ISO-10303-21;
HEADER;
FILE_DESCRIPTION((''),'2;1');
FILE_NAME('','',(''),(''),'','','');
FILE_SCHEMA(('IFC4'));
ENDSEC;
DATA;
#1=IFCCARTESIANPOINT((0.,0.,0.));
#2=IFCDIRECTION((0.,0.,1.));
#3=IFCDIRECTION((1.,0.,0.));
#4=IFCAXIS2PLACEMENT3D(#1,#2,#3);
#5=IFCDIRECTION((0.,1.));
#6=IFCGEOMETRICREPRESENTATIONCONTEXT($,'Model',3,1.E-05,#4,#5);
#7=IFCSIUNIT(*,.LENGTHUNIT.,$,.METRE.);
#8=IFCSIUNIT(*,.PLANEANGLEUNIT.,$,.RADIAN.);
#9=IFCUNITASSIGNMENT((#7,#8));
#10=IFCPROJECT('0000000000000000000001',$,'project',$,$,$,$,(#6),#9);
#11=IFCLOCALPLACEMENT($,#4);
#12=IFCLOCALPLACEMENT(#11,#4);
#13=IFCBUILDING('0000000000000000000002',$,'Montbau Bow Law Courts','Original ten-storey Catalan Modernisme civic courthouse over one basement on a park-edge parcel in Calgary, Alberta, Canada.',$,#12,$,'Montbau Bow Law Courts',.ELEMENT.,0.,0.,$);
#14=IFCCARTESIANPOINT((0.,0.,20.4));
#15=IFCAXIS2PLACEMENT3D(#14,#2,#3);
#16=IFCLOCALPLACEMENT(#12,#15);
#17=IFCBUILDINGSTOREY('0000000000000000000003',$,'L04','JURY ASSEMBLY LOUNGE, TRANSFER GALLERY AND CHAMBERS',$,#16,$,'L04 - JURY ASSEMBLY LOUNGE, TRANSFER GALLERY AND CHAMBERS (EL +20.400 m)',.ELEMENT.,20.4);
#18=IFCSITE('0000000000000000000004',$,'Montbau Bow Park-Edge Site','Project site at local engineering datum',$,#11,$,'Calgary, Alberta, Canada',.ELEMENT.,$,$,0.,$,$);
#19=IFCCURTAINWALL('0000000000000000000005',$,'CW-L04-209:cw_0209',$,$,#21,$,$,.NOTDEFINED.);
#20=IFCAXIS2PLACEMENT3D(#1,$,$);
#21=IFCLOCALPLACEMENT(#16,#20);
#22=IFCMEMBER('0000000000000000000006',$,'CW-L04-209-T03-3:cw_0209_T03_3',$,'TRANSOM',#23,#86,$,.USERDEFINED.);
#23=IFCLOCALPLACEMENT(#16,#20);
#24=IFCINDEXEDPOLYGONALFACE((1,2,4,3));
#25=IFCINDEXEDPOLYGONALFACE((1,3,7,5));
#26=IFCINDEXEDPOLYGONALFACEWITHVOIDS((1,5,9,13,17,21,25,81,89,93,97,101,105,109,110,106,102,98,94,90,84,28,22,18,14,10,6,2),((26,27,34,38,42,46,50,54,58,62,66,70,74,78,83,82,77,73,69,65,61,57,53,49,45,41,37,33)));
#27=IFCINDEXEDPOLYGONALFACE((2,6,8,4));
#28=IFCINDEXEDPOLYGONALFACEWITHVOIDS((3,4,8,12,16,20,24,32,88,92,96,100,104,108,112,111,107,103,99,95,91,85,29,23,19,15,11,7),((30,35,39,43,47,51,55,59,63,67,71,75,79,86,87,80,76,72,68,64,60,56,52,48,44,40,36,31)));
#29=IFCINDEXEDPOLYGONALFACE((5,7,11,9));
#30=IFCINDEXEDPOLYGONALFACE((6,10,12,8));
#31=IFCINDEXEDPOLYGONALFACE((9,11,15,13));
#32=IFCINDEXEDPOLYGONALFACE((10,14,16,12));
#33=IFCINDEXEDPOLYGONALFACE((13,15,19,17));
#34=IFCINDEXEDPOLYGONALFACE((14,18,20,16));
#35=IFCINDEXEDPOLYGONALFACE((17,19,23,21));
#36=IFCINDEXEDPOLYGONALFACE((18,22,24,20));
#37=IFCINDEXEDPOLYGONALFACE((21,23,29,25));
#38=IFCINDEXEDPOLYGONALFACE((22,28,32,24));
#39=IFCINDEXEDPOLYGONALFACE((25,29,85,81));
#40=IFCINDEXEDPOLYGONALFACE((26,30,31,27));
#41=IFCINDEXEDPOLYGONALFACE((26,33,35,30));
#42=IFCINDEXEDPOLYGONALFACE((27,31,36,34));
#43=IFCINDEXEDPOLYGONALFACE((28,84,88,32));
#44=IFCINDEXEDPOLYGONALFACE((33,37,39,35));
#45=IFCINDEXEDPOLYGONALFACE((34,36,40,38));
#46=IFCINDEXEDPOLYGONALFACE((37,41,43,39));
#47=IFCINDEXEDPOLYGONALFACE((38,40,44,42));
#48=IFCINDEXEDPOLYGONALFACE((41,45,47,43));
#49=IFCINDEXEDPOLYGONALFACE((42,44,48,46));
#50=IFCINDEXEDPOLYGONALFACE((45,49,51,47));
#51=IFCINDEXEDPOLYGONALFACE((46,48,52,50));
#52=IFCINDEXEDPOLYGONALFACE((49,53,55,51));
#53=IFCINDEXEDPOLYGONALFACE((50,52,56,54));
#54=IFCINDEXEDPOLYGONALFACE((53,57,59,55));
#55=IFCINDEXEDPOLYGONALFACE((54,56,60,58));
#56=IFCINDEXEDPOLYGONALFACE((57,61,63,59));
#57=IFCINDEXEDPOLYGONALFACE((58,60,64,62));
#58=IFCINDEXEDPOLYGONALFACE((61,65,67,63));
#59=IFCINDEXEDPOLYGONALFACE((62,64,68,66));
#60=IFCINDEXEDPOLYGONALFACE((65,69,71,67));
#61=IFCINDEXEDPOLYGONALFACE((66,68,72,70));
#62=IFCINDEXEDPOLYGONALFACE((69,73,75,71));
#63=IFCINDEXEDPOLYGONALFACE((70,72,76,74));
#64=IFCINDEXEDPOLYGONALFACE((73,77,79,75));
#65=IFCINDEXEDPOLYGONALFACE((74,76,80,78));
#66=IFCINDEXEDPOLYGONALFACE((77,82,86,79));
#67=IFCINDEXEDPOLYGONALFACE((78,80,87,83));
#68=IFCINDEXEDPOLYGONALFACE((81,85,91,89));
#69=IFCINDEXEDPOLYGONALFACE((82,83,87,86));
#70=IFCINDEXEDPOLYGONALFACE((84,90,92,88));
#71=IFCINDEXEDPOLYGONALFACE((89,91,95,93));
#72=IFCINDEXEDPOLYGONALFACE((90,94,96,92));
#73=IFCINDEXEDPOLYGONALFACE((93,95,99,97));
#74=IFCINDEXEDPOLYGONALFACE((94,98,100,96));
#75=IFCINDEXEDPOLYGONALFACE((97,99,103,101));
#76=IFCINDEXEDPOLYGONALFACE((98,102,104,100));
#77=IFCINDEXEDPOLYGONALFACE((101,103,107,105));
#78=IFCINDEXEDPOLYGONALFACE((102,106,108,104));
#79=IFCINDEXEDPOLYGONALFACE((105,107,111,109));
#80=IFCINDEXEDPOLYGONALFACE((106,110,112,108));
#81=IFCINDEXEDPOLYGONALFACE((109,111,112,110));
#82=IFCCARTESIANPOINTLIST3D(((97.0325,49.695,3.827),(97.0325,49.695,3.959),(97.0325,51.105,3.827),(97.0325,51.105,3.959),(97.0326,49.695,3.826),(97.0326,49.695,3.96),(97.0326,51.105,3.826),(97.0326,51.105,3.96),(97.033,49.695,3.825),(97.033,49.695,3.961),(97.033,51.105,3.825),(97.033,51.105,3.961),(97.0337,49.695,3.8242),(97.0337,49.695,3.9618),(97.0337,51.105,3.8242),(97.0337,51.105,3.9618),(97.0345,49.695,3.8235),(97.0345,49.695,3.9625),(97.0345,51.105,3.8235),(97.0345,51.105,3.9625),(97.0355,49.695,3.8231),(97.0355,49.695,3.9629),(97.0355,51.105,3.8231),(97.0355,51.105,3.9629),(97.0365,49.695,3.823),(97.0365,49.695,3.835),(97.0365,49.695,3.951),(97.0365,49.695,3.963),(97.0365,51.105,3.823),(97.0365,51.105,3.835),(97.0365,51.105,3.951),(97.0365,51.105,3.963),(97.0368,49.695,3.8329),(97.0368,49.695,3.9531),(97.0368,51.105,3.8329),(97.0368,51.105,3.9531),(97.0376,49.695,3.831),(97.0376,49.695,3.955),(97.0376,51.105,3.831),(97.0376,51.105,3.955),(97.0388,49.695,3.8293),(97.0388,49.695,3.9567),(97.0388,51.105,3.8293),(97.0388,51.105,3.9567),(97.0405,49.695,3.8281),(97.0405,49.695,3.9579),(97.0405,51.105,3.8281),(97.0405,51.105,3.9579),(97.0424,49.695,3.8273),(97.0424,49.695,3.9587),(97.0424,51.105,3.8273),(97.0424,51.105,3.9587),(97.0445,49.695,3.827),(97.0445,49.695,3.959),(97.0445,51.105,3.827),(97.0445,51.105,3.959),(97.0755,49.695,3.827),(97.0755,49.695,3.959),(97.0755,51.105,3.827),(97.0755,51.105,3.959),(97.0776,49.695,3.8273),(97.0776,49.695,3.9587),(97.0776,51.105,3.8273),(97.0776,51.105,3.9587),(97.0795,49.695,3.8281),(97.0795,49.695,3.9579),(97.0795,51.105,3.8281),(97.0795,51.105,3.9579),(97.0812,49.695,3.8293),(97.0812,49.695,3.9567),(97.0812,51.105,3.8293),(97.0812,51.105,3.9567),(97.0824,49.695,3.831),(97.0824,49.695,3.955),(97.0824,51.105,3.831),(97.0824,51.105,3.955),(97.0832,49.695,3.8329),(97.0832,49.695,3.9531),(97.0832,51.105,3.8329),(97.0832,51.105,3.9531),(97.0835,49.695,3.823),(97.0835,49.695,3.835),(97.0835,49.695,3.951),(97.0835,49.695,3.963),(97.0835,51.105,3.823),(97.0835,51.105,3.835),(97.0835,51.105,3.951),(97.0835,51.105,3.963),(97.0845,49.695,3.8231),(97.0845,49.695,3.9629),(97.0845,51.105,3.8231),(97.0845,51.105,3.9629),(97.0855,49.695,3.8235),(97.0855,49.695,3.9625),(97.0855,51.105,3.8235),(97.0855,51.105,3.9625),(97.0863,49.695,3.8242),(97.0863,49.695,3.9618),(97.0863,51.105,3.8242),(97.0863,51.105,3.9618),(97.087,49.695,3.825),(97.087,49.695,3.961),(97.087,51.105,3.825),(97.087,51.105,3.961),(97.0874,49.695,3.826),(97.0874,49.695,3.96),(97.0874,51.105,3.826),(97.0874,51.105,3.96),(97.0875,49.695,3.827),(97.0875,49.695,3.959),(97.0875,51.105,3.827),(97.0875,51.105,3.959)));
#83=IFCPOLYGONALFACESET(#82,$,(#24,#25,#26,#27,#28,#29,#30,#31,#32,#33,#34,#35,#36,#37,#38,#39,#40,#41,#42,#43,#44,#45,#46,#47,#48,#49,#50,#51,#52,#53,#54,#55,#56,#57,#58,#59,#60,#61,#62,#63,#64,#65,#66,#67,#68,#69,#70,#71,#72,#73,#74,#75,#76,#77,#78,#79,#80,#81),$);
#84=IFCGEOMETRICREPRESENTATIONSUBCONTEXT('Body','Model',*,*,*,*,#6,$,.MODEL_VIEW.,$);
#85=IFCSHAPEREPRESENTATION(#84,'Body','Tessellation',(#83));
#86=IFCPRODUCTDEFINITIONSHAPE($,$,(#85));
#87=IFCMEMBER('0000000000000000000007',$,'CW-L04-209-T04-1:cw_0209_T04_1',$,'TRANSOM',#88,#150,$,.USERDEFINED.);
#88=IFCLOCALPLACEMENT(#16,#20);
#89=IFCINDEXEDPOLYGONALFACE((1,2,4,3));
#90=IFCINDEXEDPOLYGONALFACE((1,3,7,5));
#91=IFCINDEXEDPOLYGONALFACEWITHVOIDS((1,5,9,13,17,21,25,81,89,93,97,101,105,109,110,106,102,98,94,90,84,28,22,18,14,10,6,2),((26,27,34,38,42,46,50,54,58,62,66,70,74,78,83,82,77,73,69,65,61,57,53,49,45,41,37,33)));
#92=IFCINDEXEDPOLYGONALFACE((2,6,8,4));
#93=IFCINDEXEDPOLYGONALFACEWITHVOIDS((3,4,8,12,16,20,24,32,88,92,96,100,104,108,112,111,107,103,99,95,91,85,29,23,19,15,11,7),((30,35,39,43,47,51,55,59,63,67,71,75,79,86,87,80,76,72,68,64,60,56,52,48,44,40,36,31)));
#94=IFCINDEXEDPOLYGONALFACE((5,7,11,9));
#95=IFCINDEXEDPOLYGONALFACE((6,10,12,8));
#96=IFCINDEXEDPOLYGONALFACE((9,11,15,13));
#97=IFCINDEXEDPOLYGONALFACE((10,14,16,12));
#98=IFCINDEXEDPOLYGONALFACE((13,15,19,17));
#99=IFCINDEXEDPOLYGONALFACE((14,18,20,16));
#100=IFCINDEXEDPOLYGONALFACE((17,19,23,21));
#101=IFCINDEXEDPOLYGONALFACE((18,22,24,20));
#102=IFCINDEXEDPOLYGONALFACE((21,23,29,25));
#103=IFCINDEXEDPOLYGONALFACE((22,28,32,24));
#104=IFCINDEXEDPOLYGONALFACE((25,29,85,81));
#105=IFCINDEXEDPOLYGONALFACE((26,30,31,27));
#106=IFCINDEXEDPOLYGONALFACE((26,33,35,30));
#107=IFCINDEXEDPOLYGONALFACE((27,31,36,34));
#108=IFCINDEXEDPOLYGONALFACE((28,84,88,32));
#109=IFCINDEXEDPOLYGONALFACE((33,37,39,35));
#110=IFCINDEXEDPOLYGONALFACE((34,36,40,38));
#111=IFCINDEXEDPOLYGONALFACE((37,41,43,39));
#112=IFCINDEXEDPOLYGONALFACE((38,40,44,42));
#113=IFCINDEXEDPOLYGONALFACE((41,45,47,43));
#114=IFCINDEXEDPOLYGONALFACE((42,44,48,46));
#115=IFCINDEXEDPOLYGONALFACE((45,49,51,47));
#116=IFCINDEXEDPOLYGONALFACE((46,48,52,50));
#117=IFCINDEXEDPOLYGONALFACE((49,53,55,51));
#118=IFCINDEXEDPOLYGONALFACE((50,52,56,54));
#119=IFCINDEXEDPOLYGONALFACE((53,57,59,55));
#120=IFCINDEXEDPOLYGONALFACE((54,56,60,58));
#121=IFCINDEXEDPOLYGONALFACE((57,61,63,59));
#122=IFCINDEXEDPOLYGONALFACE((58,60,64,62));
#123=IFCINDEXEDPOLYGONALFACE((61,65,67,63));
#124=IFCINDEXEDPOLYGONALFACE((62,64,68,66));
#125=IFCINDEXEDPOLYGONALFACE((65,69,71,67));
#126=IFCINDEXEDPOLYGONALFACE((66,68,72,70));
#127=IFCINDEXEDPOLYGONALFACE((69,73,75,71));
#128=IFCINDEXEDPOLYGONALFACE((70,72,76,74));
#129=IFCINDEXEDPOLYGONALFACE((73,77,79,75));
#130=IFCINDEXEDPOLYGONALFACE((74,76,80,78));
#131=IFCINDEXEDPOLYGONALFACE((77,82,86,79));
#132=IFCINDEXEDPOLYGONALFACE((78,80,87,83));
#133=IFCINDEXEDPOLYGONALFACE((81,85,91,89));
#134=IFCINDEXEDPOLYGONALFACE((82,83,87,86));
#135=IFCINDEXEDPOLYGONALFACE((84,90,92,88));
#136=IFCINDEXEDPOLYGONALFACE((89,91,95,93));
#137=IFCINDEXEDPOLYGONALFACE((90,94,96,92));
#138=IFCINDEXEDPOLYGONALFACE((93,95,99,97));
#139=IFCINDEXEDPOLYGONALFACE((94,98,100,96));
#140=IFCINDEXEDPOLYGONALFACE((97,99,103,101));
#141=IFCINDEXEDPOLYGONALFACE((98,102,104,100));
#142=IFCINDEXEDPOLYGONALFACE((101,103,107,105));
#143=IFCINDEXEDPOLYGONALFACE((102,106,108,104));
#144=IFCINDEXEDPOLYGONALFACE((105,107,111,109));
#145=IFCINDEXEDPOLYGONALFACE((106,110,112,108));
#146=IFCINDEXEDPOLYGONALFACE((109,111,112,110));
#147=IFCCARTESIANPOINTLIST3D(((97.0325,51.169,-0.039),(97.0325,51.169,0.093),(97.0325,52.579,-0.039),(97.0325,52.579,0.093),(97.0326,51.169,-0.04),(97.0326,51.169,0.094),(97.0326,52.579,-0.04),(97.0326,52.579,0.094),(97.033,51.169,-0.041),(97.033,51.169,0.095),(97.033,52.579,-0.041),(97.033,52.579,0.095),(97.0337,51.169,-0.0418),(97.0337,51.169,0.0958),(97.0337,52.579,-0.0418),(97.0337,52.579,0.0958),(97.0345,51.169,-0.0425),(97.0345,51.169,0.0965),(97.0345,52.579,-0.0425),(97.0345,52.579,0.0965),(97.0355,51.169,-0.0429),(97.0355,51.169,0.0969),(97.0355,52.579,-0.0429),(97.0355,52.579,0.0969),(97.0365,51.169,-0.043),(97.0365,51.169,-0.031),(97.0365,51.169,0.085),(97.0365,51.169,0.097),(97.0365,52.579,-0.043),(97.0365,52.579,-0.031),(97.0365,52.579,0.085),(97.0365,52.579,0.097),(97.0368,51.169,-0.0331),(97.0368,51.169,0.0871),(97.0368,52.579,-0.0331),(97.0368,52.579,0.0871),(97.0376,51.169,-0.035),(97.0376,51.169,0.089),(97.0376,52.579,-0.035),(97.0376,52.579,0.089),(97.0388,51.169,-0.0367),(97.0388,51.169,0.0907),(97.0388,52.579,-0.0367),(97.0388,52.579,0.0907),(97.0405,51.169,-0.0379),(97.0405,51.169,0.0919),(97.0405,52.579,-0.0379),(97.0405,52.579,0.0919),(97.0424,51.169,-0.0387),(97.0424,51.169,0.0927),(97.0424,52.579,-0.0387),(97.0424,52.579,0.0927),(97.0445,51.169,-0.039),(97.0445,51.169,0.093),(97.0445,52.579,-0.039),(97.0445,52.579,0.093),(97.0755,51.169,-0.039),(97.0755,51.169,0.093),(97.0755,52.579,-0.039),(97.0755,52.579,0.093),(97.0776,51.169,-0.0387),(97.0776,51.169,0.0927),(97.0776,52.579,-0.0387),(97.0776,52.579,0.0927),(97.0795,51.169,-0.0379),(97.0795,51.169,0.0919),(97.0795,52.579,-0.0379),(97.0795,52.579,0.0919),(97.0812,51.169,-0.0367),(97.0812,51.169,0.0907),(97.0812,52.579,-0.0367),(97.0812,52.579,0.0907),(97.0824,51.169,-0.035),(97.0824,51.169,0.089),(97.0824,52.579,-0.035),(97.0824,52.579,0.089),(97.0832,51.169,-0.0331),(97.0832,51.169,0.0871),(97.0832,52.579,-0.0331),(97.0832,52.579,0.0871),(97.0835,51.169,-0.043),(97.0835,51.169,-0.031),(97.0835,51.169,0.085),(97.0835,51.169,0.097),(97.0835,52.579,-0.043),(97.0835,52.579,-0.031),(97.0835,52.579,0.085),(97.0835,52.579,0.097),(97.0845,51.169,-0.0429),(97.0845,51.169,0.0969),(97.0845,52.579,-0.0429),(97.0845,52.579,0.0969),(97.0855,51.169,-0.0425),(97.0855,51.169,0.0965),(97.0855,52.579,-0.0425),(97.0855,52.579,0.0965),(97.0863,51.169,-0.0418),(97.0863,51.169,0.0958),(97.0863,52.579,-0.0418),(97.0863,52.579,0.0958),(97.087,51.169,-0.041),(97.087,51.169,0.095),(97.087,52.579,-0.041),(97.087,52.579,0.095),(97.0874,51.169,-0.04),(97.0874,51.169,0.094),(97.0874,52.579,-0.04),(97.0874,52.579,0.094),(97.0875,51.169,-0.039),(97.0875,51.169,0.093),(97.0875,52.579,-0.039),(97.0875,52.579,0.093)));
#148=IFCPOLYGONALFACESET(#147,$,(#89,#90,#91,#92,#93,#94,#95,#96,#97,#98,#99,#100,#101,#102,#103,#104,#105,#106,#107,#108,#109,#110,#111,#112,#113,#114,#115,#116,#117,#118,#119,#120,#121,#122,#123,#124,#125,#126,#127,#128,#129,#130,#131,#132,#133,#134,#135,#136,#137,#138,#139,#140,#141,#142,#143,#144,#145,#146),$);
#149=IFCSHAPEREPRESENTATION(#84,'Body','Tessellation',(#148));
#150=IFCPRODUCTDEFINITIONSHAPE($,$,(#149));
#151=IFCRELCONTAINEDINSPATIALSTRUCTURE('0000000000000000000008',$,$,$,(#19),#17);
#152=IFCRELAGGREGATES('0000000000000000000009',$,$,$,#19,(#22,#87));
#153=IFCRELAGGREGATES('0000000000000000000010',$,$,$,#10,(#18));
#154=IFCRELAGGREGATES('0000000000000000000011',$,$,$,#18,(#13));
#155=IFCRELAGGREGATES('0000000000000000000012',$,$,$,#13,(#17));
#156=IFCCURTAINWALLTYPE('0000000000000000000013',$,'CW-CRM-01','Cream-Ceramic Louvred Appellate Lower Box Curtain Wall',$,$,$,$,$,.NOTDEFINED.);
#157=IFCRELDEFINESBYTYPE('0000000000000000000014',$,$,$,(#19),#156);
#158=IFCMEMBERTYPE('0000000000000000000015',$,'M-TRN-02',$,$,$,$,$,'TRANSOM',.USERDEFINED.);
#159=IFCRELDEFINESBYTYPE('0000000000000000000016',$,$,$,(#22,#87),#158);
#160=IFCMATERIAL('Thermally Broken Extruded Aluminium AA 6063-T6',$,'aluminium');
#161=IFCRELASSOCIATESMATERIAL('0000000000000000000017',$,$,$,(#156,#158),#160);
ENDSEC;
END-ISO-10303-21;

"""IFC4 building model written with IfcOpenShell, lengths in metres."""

from ifc_helpers import new_model, si_unit, direction, frame, origin_with_axes, origin_2d_with_axis, place, context, subcontext, project, spatial, hollow_rectangle, extrude, material, material_profile, profile_set, type_object, element, aggregate, save


model = new_model("IFC4")

# Units and contexts
model_context = context("Model", 3, precision=1e-05, world=origin_with_axes(), true_north=direction((0.0, 1.0)))
body_context = subcontext(model_context, "Body", "Model", "MODEL_VIEW")
ifc_project = project(units=[si_unit("LENGTHUNIT", "METRE"), si_unit("PLANEANGLEUNIT", "RADIAN")], contexts=[model_context])

# Site, building, storey
site_placement = place(None, origin_with_axes())
site = spatial("IfcSite", under=ifc_project, at=site_placement, Name="Montbau Bow Park-Edge Site", Description="Project site at local engineering datum", LongName="Calgary, Alberta, Canada", CompositionType="ELEMENT", RefElevation=0.0)
building_placement = place(site_placement, origin_with_axes())
building = spatial("IfcBuilding", under=site, at=building_placement, Name="Montbau Bow Law Courts", Description="Original ten-storey Catalan Modernisme civic courthouse over one basement on a park-edge parcel in Calgary, Alberta, Canada.", LongName="Montbau Bow Law Courts", CompositionType="ELEMENT", ElevationOfRefHeight=0.0, ElevationOfTerrain=0.0)
storey_placement = place(building_placement, frame((0.0, 0.0, 20.4), z_axis=(0.0, 0.0, 1.0), x_axis=(1.0, 0.0, 0.0)))
storey = spatial("IfcBuildingStorey", under=building, at=storey_placement, Name="L04", Description="JURY ASSEMBLY LOUNGE, TRANSFER GALLERY AND CHAMBERS", LongName="L04 - JURY ASSEMBLY LOUNGE, TRANSFER GALLERY AND CHAMBERS (EL +20.400 m)", CompositionType="ELEMENT", Elevation=20.4)

# Curtain wall, members
ifc_material_1 = material(Name="Thermally Broken Extruded Aluminium AA 6063-T6", Category="aluminium")
curtain_wall_type = type_object("IfcCurtainWallType", Name="CW-CRM-01", Description="Cream-Ceramic Louvred Appellate Lower Box Curtain Wall", PredefinedType="NOTDEFINED", material=ifc_material_1)
curtain_wall_placement = place(None, frame((97.06, 46.715, 20.4), z_axis=(0.0, 0.0, 1.0), x_axis=(1.0, 0.0, 0.0)))
curtain_wall = element("IfcCurtainWall", 1, at=curtain_wall_placement, inside=storey, type_object=curtain_wall_type, Name="CW-L04-209:cw_0209", PredefinedType="NOTDEFINED")
ifc_material_profile_1 = material_profile(ifc_material_1, hollow_rectangle(XDim=0.055, YDim=0.14, WallThickness=0.004, InnerFilletRadius=0.008, OuterFilletRadius=0.004, at=origin_2d_with_axis()), Name="CWT-140X55", Category="Main", Priority=0)
ifc_profile_set_1 = profile_set([ifc_material_profile_1], Name="Thermally Broken Extruded Aluminium AA 6063-T6")
member_type_1 = type_object("IfcMemberType", Name="M-TRN-02", ElementType="TRANSOM", PredefinedType="USERDEFINED", material=ifc_profile_set_1)
member_1_placement = place(None, frame((97.06, 49.695, 24.293), z_axis=(0.0, 1.0, 0.0), x_axis=(-1.0, 0.0, 0.0)))
member_1 = element("IfcMember", 2, at=member_1_placement, type_object=member_type_1, Name="CW-L04-209-T03-3:cw_0209_T03_3", ObjectType="TRANSOM", PredefinedType="USERDEFINED", context=body_context, shape_type="SweptSolid", body=[
    extrude(hollow_rectangle(XDim=0.055, YDim=0.14, WallThickness=0.004, InnerFilletRadius=0.008, OuterFilletRadius=0.004, at=origin_2d_with_axis()), origin_with_axes(), (0.0, 0.0, 1.0), 1.41),
])
member_2_placement = place(None, frame((97.06, 51.169, 20.427), z_axis=(0.0, 1.0, 0.0), x_axis=(-1.0, 0.0, 0.0)))
member_2 = element("IfcMember", 3, at=member_2_placement, type_object=member_type_1, Name="CW-L04-209-T04-1:cw_0209_T04_1", ObjectType="TRANSOM", PredefinedType="USERDEFINED", context=body_context, shape_type="SweptSolid", body=[
    extrude(hollow_rectangle(XDim=0.055, YDim=0.14, WallThickness=0.004, InnerFilletRadius=0.008, OuterFilletRadius=0.004, at=origin_2d_with_axis()), origin_with_axes(), (0.0, 0.0, 1.0), 1.41),
])
aggregate(curtain_wall, [member_1, member_2])

save(model, "model.ifc")
